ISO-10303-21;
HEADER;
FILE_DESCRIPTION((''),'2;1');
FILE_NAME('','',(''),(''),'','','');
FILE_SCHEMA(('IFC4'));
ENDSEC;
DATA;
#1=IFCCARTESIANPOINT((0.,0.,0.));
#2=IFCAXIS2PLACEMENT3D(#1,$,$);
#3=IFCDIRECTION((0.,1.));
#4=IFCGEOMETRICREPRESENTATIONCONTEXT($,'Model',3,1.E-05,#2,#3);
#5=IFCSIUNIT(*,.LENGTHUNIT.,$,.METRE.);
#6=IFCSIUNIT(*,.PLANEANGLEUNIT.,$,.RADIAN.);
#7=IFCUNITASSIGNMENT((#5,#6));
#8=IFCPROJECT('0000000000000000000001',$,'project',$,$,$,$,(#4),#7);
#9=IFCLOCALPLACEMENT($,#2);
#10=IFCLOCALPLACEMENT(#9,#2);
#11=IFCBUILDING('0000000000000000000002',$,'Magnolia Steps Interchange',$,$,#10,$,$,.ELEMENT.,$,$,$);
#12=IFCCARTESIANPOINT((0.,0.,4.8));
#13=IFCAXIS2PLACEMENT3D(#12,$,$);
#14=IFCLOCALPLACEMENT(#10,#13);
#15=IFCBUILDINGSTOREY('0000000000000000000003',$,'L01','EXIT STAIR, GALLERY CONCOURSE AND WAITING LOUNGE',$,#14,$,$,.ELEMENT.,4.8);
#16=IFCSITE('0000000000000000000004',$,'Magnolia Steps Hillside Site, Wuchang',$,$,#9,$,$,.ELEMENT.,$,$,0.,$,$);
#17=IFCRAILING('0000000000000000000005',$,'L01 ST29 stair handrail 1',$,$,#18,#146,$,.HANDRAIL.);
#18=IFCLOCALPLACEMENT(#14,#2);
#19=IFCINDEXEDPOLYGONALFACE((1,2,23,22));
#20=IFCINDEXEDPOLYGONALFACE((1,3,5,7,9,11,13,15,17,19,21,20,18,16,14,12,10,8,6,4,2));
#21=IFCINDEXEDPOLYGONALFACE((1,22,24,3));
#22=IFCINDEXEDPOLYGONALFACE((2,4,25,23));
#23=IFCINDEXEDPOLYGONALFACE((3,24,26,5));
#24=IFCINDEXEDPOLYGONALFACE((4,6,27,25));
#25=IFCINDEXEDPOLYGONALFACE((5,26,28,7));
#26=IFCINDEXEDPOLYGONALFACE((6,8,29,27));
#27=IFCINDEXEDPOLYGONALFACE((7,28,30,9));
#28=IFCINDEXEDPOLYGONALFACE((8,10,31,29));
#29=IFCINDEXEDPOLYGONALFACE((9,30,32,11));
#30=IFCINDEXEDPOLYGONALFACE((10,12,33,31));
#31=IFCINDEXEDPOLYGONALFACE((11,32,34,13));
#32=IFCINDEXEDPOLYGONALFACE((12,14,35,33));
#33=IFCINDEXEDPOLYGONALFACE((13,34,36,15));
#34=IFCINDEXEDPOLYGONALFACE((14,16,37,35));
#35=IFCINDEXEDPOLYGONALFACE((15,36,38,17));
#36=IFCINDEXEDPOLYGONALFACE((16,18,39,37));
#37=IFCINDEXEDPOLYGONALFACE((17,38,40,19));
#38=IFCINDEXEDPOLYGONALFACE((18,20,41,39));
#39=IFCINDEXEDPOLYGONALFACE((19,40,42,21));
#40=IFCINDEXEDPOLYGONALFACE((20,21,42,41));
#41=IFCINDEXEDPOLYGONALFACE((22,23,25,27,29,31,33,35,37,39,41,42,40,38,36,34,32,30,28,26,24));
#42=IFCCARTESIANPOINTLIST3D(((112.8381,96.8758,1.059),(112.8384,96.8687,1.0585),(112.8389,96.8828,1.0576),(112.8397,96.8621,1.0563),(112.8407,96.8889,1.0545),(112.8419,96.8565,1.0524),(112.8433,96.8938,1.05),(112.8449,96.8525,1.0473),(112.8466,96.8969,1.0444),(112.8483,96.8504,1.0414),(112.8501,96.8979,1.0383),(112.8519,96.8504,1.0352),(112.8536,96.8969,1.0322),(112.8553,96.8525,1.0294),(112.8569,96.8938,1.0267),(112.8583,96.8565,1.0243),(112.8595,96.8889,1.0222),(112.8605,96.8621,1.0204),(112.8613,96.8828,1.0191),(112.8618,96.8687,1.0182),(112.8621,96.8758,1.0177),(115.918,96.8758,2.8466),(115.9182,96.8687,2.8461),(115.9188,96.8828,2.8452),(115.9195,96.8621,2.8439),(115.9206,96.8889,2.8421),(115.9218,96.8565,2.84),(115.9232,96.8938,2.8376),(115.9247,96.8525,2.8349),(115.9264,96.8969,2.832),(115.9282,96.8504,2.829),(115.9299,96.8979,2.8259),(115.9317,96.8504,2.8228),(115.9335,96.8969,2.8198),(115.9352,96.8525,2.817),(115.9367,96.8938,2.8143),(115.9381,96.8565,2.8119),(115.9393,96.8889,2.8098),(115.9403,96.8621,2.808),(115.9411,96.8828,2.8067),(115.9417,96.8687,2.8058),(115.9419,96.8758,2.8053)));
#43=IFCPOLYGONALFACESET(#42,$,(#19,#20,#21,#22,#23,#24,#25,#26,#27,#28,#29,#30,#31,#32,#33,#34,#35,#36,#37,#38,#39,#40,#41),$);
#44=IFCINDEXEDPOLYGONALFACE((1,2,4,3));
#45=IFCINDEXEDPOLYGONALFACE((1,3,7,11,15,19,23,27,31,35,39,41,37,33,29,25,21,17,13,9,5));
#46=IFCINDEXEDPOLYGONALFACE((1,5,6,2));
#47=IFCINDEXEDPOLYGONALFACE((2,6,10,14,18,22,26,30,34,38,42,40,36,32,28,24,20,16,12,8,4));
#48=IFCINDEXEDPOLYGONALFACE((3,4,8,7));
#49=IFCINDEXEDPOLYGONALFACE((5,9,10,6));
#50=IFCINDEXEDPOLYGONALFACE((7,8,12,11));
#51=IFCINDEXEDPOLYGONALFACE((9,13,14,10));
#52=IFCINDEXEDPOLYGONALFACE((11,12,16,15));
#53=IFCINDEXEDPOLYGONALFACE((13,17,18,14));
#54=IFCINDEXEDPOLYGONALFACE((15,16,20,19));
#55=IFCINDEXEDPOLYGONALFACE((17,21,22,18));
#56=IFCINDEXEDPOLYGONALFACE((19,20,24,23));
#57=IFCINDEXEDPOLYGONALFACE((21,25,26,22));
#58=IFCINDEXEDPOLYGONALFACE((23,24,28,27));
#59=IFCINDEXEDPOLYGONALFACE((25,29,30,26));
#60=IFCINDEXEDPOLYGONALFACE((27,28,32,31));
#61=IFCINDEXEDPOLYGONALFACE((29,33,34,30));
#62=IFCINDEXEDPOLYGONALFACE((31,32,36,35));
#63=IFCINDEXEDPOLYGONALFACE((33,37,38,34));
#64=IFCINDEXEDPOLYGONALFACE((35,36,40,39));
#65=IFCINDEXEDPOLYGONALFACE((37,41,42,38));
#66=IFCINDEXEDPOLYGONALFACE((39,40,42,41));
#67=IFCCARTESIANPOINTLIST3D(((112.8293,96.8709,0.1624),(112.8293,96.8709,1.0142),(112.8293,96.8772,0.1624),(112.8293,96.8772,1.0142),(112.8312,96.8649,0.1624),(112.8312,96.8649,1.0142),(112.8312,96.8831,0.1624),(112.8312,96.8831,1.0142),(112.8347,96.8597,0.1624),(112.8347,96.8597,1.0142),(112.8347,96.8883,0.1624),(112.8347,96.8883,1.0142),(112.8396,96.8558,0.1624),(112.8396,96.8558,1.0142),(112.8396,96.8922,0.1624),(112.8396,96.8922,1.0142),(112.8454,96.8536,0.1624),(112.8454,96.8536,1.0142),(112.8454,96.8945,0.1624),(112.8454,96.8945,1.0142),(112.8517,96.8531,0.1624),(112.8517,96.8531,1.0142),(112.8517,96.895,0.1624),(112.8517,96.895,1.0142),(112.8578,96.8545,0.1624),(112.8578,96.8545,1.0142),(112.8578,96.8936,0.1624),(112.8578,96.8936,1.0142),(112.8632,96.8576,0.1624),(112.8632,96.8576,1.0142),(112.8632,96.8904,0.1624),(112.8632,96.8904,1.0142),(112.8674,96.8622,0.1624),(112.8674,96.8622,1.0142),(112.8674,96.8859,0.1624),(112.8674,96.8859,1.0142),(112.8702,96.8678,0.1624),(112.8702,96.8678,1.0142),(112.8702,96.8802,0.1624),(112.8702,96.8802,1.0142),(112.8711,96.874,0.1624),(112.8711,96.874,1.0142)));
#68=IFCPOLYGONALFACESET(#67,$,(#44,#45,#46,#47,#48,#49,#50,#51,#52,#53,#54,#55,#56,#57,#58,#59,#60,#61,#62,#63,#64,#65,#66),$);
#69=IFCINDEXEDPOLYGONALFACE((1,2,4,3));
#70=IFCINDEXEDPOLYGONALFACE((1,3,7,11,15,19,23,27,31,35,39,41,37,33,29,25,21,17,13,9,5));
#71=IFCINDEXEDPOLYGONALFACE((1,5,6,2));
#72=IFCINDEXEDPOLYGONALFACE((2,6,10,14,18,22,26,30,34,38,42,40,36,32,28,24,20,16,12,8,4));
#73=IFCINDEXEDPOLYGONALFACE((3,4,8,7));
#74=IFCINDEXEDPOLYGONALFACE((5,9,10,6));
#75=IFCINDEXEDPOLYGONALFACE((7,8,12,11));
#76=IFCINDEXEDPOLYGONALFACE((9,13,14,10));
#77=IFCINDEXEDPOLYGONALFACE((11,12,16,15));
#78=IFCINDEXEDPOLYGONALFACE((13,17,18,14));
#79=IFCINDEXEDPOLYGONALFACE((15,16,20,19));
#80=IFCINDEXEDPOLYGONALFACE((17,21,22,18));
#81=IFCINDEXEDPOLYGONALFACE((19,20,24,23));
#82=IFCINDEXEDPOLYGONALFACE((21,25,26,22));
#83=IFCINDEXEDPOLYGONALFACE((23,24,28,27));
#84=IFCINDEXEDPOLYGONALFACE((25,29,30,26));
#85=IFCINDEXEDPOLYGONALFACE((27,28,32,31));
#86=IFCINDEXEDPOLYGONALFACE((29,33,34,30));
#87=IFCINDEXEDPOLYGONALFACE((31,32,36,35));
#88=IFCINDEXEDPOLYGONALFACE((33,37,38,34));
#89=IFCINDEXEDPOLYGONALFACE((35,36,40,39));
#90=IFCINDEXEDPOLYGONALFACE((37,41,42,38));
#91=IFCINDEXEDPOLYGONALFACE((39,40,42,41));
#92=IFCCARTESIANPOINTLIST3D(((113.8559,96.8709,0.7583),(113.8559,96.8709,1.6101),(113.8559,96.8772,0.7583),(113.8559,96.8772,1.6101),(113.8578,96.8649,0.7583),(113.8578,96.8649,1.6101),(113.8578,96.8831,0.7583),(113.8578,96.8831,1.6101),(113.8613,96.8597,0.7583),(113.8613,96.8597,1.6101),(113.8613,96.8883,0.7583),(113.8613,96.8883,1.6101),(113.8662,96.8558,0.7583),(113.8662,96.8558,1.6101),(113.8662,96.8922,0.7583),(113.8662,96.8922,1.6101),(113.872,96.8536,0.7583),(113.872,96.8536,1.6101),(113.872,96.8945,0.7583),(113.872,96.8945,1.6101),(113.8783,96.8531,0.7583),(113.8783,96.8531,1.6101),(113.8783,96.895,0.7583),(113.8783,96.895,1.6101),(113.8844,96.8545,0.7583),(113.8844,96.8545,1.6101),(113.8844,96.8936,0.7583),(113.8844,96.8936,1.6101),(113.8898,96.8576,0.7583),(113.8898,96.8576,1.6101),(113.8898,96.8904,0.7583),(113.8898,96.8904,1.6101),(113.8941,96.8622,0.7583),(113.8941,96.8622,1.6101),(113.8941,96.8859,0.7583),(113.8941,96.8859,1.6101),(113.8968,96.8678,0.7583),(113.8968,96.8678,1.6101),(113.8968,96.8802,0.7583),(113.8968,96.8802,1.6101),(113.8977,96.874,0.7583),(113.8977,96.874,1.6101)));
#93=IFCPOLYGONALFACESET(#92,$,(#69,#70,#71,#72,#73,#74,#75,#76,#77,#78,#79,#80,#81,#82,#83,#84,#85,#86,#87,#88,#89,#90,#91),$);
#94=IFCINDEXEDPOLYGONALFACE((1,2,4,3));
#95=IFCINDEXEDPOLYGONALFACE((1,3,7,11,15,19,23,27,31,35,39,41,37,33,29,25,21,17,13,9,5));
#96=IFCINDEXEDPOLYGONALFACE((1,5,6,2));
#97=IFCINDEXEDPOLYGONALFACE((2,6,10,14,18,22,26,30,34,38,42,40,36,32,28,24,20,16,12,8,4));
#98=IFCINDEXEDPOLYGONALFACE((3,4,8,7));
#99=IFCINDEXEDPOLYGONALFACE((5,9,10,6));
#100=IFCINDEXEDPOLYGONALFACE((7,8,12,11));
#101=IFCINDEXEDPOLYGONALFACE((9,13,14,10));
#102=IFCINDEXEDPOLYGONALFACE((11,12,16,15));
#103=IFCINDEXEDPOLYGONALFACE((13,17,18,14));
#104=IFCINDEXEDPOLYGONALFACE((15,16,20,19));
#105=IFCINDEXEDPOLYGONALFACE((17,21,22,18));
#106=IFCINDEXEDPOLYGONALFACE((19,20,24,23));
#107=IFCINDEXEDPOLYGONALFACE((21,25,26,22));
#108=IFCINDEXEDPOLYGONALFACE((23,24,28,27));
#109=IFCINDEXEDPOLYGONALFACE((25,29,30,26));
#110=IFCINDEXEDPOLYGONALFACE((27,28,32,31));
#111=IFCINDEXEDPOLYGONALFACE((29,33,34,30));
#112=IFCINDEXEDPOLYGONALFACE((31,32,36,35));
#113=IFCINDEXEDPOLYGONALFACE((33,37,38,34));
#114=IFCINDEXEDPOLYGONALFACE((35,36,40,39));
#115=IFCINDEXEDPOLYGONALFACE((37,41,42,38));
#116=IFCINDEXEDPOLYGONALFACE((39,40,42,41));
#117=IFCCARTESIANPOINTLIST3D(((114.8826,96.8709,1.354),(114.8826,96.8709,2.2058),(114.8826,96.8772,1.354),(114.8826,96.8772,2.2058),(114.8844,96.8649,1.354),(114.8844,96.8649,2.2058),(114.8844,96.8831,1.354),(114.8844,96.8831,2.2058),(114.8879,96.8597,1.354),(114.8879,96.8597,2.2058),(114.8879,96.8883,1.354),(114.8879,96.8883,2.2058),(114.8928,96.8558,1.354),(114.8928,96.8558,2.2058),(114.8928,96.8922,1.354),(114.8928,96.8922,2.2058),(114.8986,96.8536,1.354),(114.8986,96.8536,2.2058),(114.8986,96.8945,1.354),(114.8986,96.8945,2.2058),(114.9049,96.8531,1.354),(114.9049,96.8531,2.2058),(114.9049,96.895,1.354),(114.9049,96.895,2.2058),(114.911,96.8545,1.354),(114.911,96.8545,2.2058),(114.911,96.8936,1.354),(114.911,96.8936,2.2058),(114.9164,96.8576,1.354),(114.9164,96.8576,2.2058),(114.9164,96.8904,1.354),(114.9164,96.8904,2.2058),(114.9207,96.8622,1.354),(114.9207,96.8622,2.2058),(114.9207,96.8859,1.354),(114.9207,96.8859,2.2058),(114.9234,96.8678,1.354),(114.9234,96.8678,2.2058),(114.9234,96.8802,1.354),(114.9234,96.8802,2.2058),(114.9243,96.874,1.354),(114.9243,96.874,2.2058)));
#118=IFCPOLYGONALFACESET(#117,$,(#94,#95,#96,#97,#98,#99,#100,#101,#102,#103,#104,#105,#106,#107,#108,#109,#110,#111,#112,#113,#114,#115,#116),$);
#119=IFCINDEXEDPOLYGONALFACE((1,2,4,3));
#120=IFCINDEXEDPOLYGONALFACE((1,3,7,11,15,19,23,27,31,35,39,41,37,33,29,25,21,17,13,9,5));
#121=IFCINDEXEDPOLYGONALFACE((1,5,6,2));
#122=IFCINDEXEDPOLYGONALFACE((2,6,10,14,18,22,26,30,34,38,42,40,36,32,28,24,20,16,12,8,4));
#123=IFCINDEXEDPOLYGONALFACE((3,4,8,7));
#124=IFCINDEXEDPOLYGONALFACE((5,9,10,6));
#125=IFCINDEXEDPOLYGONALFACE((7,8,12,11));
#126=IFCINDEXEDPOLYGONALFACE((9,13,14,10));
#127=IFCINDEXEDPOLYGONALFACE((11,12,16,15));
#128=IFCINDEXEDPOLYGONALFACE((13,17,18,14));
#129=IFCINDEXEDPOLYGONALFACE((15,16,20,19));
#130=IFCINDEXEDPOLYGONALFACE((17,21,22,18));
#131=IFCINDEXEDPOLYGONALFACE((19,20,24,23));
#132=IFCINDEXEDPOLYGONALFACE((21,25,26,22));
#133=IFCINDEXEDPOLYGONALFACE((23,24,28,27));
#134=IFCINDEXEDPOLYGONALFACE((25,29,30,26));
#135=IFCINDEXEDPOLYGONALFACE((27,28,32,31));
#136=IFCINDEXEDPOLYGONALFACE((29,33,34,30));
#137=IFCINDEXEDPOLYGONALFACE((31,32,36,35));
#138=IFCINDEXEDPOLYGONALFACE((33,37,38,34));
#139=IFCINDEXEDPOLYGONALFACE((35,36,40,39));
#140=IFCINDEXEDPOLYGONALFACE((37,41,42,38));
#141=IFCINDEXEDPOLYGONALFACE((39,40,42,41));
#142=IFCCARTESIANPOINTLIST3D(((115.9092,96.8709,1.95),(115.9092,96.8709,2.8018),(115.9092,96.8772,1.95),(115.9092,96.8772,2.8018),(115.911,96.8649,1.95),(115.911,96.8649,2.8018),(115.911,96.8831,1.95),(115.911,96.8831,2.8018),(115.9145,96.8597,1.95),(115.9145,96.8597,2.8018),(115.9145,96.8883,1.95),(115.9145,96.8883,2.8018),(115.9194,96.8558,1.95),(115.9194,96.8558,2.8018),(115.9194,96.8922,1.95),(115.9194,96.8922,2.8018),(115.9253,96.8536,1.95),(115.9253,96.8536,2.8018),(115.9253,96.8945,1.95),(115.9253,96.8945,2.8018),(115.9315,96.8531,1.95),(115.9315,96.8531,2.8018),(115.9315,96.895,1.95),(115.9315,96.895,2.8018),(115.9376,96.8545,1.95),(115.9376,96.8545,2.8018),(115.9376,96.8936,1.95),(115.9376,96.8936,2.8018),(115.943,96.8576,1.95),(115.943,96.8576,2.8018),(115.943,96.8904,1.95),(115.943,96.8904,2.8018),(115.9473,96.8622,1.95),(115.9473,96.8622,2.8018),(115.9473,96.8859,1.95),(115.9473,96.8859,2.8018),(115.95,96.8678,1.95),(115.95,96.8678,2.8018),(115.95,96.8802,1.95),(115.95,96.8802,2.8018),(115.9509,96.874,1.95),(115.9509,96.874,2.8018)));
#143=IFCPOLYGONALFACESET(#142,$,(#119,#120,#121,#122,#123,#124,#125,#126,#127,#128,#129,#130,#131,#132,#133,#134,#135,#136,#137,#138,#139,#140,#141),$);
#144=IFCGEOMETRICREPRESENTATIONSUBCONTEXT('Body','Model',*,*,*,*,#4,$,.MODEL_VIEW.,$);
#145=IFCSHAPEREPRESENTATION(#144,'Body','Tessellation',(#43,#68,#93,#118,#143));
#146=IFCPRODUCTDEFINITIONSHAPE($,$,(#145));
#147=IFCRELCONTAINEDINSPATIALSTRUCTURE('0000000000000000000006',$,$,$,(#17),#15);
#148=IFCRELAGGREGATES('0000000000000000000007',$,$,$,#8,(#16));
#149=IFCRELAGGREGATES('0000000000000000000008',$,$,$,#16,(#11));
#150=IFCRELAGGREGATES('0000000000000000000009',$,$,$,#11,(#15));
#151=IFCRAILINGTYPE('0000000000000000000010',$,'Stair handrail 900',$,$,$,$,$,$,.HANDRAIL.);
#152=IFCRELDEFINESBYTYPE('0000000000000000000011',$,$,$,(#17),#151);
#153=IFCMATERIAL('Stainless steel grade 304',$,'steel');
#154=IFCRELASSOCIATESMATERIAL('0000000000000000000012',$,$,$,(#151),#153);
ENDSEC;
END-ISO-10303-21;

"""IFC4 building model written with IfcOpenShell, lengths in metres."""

from ifc_helpers import new_model, si_unit, direction, frame, origin, origin_2d, place, context, subcontext, project, spatial, circle, extrude, material, type_object, element, save


model = new_model("IFC4")

# Units and contexts
model_context = context("Model", 3, precision=1e-05, world=origin(), true_north=direction((0.0, 1.0)))
body_context = subcontext(model_context, "Body", "Model", "MODEL_VIEW")
ifc_project = project(units=[si_unit("LENGTHUNIT", "METRE"), si_unit("PLANEANGLEUNIT", "RADIAN")], contexts=[model_context])

# Site, building, storey
site_placement = place(None, origin())
site = spatial("IfcSite", under=ifc_project, at=site_placement, Name="Magnolia Steps Hillside Site, Wuchang", CompositionType="ELEMENT", RefElevation=0.0)
building_placement = place(site_placement, origin())
building = spatial("IfcBuilding", under=site, at=building_placement, Name="Magnolia Steps Interchange", CompositionType="ELEMENT")
storey_placement = place(building_placement, frame((0.0, 0.0, 4.8)))
storey = spatial("IfcBuildingStorey", under=building, at=storey_placement, Name="L01", Description="EXIT STAIR, GALLERY CONCOURSE AND WAITING LOUNGE", CompositionType="ELEMENT", Elevation=4.8)

# Railing
ifc_material_1 = material(Name="Stainless steel grade 304", Category="steel")
railing_type_1 = type_object("IfcRailingType", Name="Stair handrail 900", PredefinedType="HANDRAIL", material=ifc_material_1)
railing_1_placement = place(storey_placement, frame((112.8501, 96.874, 0.1624)))
element("IfcRailing", 1, at=railing_1_placement, inside=storey, type_object=railing_type_1, Name="L01 ST29 stair handrail 1", PredefinedType="HANDRAIL", context=body_context, shape_type="SweptSolid", body=[
    extrude(circle(Radius=0.0239, at=origin_2d()), frame((0.0, 0.0, 0.876), z_axis=(0.864873, 0.0, 0.50199), x_axis=(0.0, 1.0, 0.0)), (0.0, 0.0, 1.0), 3.561),
    extrude(circle(Radius=0.021, at=origin_2d()), origin(), (0.0, 0.0, 1.0), 0.8518),
    extrude(circle(Radius=0.021, at=origin_2d()), frame((1.0266, 0.0, 0.5959)), (0.0, 0.0, 1.0), 0.8518),
    extrude(circle(Radius=0.021, at=origin_2d()), frame((2.0532, 0.0, 1.1917)), (0.0, 0.0, 1.0), 0.8518),
    extrude(circle(Radius=0.021, at=origin_2d()), frame((3.0798, 0.0, 1.7876)), (0.0, 0.0, 1.0), 0.8518),
])

save(model, "model.ifc")
